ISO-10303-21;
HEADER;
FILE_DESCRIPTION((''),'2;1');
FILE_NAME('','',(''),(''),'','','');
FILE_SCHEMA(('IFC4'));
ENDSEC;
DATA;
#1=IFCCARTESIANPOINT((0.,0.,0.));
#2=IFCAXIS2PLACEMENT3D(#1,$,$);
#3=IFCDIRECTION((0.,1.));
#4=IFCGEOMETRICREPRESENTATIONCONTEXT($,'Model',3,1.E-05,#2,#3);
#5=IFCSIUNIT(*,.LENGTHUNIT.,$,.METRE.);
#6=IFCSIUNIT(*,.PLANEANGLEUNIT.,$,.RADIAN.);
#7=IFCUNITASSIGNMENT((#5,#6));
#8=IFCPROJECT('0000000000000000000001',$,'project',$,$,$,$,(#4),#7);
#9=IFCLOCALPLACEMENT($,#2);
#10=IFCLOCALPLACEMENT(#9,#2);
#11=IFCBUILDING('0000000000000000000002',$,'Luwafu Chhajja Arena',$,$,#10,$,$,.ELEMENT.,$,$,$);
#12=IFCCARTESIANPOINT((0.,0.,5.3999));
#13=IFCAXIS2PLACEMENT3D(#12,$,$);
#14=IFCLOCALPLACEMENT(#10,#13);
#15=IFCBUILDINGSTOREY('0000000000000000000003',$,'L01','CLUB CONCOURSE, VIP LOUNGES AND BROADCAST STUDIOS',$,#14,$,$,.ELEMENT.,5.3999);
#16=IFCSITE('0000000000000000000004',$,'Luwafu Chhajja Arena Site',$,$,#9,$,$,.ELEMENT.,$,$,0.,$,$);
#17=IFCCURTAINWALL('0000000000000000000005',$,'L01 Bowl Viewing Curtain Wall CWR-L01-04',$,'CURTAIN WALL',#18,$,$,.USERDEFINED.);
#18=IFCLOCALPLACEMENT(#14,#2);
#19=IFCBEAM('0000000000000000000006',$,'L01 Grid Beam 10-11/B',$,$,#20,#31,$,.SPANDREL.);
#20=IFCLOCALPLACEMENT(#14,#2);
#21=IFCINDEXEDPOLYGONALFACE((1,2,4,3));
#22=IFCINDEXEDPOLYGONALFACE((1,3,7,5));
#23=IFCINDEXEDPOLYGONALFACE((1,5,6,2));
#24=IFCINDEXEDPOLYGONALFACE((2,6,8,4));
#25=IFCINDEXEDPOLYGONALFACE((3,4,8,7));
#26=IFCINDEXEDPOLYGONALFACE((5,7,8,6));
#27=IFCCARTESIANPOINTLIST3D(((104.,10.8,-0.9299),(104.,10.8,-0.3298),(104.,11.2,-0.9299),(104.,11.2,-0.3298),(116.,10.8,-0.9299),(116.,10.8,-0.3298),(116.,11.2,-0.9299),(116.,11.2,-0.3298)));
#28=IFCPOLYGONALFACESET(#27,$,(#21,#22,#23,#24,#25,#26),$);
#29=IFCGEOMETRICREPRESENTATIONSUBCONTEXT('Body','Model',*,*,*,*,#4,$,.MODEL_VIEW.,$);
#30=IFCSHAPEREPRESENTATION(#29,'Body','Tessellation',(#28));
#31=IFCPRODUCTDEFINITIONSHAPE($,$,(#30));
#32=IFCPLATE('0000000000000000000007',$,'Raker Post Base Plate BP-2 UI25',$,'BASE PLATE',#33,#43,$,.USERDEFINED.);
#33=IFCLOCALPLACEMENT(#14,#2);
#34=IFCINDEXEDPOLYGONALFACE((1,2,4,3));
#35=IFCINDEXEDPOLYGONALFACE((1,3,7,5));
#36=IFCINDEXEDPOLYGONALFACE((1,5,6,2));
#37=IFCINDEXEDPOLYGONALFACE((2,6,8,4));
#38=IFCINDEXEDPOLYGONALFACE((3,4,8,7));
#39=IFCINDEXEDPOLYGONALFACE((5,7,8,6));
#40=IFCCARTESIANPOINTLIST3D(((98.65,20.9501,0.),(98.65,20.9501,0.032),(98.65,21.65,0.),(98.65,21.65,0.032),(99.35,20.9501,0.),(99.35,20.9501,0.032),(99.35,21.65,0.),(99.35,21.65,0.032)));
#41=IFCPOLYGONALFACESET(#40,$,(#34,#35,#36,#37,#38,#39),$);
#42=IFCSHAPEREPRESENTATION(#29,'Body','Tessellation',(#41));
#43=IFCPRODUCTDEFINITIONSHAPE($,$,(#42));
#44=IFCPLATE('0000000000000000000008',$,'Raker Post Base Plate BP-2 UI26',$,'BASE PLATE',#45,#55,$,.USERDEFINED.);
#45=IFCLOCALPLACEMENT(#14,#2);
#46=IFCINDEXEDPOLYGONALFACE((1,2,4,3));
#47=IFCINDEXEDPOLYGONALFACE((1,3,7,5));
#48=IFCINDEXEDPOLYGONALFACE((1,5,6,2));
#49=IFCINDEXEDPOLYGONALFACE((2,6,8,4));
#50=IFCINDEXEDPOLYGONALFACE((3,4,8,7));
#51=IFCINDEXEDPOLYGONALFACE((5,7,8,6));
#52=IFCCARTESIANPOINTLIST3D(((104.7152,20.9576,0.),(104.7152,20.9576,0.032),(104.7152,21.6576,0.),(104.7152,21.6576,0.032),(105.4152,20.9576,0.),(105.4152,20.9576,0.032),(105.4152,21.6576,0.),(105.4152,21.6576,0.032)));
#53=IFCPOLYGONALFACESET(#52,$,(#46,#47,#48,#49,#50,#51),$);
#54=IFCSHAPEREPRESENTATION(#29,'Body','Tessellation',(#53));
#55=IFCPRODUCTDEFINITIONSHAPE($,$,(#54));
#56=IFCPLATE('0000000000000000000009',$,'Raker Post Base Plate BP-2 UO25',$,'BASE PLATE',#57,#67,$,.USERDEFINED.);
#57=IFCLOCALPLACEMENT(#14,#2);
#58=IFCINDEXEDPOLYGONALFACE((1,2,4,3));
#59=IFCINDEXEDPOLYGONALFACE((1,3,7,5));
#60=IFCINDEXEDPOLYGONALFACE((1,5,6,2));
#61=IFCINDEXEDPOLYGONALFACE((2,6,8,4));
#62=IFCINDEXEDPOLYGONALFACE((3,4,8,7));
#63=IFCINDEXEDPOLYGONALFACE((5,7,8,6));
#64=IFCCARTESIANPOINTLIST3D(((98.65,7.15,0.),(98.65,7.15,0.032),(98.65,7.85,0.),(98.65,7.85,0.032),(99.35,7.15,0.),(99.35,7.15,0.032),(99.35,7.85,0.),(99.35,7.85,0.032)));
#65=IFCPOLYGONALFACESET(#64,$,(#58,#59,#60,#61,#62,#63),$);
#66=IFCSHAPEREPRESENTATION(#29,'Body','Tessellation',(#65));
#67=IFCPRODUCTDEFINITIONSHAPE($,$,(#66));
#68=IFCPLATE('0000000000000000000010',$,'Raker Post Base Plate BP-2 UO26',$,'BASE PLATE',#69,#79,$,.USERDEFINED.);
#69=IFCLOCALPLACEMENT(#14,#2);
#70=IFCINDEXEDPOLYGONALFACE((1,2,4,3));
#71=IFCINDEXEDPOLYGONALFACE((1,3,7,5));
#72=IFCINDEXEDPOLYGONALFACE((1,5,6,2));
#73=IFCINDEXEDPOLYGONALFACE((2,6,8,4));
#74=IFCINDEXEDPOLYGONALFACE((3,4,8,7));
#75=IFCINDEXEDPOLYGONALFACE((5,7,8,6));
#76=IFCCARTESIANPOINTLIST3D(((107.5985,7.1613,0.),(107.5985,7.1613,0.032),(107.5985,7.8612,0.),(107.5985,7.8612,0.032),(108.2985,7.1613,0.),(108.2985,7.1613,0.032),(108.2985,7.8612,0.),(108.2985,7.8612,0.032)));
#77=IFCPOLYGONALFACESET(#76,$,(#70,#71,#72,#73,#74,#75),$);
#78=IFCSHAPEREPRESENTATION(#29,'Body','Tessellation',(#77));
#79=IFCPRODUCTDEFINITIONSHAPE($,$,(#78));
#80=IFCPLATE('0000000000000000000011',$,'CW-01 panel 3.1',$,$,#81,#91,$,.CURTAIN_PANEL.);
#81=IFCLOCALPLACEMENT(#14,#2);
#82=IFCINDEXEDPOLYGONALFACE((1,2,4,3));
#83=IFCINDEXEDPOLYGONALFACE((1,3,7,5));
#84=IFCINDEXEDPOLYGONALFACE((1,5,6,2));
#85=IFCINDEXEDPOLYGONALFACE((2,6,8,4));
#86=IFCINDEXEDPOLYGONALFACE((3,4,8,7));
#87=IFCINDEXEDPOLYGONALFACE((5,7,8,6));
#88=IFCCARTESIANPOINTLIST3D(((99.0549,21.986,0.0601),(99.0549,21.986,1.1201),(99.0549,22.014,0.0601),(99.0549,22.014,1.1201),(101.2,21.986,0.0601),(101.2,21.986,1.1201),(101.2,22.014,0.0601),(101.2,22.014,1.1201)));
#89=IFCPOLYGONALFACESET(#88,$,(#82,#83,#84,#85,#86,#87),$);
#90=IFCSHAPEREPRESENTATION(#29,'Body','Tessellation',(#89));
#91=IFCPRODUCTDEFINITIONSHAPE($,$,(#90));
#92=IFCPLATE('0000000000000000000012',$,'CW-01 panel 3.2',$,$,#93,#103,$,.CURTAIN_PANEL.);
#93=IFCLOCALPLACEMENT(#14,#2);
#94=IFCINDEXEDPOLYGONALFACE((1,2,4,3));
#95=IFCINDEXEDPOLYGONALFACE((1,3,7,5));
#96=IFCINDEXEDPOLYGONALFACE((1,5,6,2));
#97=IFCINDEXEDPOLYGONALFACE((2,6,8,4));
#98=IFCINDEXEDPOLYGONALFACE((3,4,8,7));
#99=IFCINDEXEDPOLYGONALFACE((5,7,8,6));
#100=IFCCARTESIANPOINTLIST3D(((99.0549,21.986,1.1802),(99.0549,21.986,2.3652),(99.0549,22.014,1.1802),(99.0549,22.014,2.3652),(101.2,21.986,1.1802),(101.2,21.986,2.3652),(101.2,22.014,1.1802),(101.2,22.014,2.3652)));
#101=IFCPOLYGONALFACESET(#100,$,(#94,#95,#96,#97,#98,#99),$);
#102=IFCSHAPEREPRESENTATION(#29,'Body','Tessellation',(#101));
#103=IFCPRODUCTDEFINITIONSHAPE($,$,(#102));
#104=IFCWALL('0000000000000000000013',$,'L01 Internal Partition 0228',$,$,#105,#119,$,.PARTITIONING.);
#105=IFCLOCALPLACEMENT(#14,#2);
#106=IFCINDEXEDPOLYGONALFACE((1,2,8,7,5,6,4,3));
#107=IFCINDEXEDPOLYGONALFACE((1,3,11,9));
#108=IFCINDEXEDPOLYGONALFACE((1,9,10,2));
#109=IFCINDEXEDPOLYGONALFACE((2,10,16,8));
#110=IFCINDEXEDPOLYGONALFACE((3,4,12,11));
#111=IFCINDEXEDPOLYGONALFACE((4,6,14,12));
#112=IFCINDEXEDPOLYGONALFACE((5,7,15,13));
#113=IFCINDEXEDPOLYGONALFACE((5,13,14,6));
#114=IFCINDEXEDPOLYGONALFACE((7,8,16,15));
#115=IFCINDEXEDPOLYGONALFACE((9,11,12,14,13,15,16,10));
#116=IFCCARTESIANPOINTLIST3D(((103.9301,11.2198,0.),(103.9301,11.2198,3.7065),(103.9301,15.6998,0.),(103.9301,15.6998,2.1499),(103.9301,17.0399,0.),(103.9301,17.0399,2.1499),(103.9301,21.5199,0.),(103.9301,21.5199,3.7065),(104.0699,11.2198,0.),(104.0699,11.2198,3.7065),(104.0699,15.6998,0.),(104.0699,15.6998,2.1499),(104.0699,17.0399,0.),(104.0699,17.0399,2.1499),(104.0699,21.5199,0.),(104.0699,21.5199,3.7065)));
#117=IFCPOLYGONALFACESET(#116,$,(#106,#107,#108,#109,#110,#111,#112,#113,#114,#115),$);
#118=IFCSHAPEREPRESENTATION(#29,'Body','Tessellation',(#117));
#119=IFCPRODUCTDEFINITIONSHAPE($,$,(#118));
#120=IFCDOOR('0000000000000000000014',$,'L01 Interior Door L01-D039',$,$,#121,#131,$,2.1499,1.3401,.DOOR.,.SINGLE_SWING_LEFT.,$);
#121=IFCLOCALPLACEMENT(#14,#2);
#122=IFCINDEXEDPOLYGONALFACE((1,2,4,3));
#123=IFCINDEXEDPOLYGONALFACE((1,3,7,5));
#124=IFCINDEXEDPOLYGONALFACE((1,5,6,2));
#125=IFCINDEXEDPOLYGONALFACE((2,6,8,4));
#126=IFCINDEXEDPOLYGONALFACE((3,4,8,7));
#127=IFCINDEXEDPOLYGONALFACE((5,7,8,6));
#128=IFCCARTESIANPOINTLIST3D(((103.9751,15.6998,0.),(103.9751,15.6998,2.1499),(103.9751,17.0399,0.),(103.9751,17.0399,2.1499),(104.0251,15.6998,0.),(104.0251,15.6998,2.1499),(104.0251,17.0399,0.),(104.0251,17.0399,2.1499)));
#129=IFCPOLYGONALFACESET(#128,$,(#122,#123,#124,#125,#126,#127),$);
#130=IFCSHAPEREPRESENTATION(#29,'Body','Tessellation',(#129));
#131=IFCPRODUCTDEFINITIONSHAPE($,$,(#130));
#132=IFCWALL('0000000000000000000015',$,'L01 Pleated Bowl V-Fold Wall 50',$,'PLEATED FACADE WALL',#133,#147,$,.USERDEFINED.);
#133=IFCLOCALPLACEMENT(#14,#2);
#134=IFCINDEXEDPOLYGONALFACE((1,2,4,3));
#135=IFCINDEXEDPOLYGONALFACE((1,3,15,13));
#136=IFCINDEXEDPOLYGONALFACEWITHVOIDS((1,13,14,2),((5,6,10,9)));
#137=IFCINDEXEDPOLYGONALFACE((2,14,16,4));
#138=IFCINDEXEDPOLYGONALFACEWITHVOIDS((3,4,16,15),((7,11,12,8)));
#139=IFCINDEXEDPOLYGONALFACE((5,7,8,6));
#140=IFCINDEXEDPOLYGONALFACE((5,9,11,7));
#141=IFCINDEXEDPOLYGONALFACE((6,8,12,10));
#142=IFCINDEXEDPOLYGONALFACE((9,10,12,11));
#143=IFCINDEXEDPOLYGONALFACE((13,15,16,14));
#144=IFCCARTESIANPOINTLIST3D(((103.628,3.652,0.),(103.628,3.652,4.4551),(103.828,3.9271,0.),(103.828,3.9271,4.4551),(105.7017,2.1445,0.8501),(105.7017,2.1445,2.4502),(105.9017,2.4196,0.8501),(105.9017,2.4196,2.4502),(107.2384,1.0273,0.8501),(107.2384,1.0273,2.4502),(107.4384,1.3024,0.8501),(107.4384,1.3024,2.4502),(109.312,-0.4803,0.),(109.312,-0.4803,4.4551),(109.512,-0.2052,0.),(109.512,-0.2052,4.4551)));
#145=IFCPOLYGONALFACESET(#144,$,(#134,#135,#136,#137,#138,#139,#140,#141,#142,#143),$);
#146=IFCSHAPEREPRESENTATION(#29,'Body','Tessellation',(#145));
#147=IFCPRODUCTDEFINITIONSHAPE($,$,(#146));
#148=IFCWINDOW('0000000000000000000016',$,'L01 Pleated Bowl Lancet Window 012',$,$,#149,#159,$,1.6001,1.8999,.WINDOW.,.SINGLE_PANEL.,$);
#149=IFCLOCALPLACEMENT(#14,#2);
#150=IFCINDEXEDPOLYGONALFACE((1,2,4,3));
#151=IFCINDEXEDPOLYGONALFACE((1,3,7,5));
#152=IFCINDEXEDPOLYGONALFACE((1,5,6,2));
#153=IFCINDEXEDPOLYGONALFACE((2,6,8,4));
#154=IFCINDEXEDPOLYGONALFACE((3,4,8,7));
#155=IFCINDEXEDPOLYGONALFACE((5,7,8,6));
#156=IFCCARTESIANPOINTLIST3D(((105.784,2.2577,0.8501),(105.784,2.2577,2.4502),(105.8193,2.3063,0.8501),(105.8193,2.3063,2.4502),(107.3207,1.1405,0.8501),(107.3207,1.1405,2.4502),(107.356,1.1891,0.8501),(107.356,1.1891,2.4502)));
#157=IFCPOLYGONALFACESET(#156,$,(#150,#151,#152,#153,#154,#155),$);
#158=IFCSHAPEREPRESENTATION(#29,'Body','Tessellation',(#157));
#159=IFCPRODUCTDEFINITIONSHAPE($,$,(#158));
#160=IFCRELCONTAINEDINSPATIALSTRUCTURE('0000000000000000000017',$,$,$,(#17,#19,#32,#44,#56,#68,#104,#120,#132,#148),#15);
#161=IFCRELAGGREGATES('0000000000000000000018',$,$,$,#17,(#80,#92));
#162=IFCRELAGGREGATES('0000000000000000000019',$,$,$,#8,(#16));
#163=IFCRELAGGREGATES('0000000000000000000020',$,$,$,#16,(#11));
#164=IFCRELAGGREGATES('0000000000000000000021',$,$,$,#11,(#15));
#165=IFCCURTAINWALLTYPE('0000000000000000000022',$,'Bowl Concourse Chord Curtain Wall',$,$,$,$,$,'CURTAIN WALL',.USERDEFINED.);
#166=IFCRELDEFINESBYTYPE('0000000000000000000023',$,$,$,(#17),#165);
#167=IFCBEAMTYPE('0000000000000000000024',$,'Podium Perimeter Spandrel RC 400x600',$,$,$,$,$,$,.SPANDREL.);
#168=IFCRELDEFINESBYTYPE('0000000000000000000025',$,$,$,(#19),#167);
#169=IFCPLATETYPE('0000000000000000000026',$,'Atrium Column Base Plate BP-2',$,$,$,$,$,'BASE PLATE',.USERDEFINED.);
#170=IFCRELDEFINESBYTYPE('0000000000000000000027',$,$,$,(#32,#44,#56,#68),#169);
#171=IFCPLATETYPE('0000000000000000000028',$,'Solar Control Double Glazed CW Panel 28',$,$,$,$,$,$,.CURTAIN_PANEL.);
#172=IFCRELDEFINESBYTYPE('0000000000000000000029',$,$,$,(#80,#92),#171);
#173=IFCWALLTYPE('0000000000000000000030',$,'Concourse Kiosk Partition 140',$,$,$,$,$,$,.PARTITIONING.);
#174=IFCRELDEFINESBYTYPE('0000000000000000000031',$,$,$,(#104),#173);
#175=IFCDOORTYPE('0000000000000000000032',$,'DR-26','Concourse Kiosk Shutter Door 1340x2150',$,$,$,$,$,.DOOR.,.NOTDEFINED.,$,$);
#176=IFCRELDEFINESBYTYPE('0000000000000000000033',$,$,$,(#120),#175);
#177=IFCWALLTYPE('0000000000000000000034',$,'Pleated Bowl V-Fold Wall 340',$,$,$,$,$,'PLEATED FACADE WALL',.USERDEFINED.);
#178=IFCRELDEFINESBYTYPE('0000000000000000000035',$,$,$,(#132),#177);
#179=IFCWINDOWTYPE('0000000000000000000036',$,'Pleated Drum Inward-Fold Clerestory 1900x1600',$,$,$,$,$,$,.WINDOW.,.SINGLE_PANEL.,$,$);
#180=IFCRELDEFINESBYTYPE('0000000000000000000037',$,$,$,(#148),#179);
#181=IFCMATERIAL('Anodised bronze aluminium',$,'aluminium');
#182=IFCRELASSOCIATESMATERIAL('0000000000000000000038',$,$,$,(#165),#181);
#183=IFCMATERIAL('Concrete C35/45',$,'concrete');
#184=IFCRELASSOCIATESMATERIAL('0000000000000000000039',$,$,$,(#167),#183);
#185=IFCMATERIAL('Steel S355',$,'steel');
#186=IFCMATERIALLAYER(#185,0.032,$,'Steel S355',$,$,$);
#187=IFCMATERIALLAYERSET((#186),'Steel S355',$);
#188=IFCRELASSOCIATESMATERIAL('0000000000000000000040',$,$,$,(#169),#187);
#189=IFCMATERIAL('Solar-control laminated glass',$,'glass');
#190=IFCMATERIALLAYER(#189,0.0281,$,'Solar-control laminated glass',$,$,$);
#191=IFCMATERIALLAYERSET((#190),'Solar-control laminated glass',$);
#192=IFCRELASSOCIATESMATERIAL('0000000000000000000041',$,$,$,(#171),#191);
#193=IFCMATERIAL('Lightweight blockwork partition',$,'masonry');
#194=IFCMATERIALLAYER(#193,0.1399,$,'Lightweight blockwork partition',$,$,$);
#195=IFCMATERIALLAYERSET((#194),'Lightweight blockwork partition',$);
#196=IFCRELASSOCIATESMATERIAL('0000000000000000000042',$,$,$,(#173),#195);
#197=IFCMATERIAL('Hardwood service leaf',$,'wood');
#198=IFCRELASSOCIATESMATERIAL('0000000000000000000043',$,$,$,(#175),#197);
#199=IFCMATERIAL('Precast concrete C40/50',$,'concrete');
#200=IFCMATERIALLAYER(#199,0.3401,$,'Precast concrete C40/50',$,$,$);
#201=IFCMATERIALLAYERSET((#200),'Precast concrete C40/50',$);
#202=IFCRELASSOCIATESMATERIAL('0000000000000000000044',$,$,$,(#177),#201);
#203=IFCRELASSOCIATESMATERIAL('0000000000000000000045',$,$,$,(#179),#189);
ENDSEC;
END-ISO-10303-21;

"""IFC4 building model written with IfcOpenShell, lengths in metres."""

from ifc_helpers import new_model, si_unit, direction, frame, frame_2d, origin, origin_2d, place, context, subcontext, project, spatial, rectangle, extrude, material, layer, layer_set, material_profile, profile_set, type_object, element, fill, aggregate, save


model = new_model("IFC4")

# Units and contexts
model_context = context("Model", 3, precision=1e-05, world=origin(), true_north=direction((0.0, 1.0)))
body_context = subcontext(model_context, "Body", "Model", "MODEL_VIEW")
ifc_project = project(units=[si_unit("LENGTHUNIT", "METRE"), si_unit("PLANEANGLEUNIT", "RADIAN")], contexts=[model_context])

# Site, building, storey
site_placement = place(None, origin())
site = spatial("IfcSite", under=ifc_project, at=site_placement, Name="Luwafu Chhajja Arena Site", CompositionType="ELEMENT", RefElevation=0.0)
building_placement = place(site_placement, origin())
building = spatial("IfcBuilding", under=site, at=building_placement, Name="Luwafu Chhajja Arena", CompositionType="ELEMENT")
storey_placement = place(building_placement, frame((0.0, 0.0, 5.3999)))
storey = spatial("IfcBuildingStorey", under=building, at=storey_placement, Name="L01", Description="CLUB CONCOURSE, VIP LOUNGES AND BROADCAST STUDIOS", CompositionType="ELEMENT", Elevation=5.3999)

# Shared definitions
ifc_material_1 = material(Name="Steel S355", Category="steel")

# Shared definitions
ifc_material_2 = material(Name="Concrete C35/45", Category="concrete")

# Curtain wall
ifc_material_3 = material(Name="Anodised bronze aluminium", Category="aluminium")
curtain_wall_type = type_object("IfcCurtainWallType", Name="Bowl Concourse Chord Curtain Wall", ElementType="CURTAIN WALL", PredefinedType="USERDEFINED", material=ifc_material_3)
curtain_wall_placement = place(storey_placement, origin())
curtain_wall = element("IfcCurtainWall", 1, at=curtain_wall_placement, inside=storey, type_object=curtain_wall_type, Name="L01 Bowl Viewing Curtain Wall CWR-L01-04", ObjectType="CURTAIN WALL", PredefinedType="USERDEFINED")

# Beam
ifc_material_profile_1 = material_profile(ifc_material_2, rectangle(XDim=0.3999, YDim=0.6001, at=origin_2d()), Name="RC 400x600")
ifc_profile_set_1 = profile_set([ifc_material_profile_1], Name="Concrete C35/45")
beam_type_1 = type_object("IfcBeamType", Name="Podium Perimeter Spandrel RC 400x600", PredefinedType="SPANDREL", material=ifc_profile_set_1)
beam_1_placement = place(storey_placement, frame((104.0, 11.0, -0.6299), z_axis=(1.0, 0.0, 0.0), x_axis=(0.0, 1.0, 0.0)))
element("IfcBeam", 2, at=beam_1_placement, inside=storey, type_object=beam_type_1, Name="L01 Grid Beam 10-11/B", PredefinedType="SPANDREL", context=body_context, shape_type="SweptSolid", body=[
    extrude(rectangle(XDim=0.3999, YDim=0.6001, at=origin_2d()), origin(), (0.0, 0.0, 1.0), 12.0),
])

# Plates
ifc_layer_1 = layer(ifc_material_1, 0.032, Name="Steel S355")
ifc_layer_set_1 = layer_set([ifc_layer_1], Name="Steel S355")
plate_type_1 = type_object("IfcPlateType", Name="Atrium Column Base Plate BP-2", ElementType="BASE PLATE", PredefinedType="USERDEFINED", material=ifc_layer_set_1)
for number, where, z_axis, x_axis, name in (
    (3, (99.0, 21.3, 0.0), (0.0, 0.0, 1.0), (1.0, 0.0, 0.0), "Raker Post Base Plate BP-2 UI25"),
    (4, (105.0652, 21.3076, 0.0), (0.0, 0.0, 1.0), (1.0, 0.0, 0.0), "Raker Post Base Plate BP-2 UI26"),
    (5, (99.0, 7.5, 0.0), (0.0, 0.0, 1.0), (1.0, 0.0, 0.0), "Raker Post Base Plate BP-2 UO25"),
    (6, (107.9485, 7.5112, 0.0), (0.0, 0.0, 1.0), (1.0, 0.0, 0.0), "Raker Post Base Plate BP-2 UO26"),
):
    element("IfcPlate", number, at=place(storey_placement, frame(where, z_axis=z_axis, x_axis=x_axis)), inside=storey, type_object=plate_type_1, Name=name, ObjectType="BASE PLATE", PredefinedType="USERDEFINED", context=body_context, shape_type="SweptSolid", body=[
        extrude(rectangle(XDim=0.7, YDim=0.7, at=origin_2d()), origin(), (0.0, 0.0, 1.0), 0.032),
    ])

# Plates
ifc_material_4 = material(Name="Solar-control laminated glass", Category="glass")
ifc_layer_2 = layer(ifc_material_4, 0.0281, Name="Solar-control laminated glass")
ifc_layer_set_2 = layer_set([ifc_layer_2], Name="Solar-control laminated glass")
plate_type_2 = type_object("IfcPlateType", Name="Solar Control Double Glazed CW Panel 28", PredefinedType="CURTAIN_PANEL", material=ifc_layer_set_2)
plate_1_placement = place(storey_placement, frame((100.1274, 22.0, 0.0601), z_axis=(0.0, 0.0, 1.0), x_axis=(1.0, 0.0, 0.0)))
plate_1 = element("IfcPlate", 7, at=plate_1_placement, type_object=plate_type_2, Name="CW-01 panel 3.1", PredefinedType="CURTAIN_PANEL", context=body_context, shape_type="SweptSolid", body=[
    extrude(rectangle(XDim=2.145, YDim=0.0281, at=origin_2d()), origin(), (0.0, 0.0, 1.0), 1.0601),
])
plate_2_placement = place(storey_placement, frame((100.1274, 22.0, 1.1802), z_axis=(0.0, 0.0, 1.0), x_axis=(1.0, 0.0, 0.0)))
plate_2 = element("IfcPlate", 8, at=plate_2_placement, type_object=plate_type_2, Name="CW-01 panel 3.2", PredefinedType="CURTAIN_PANEL", context=body_context, shape_type="SweptSolid", body=[
    extrude(rectangle(XDim=2.145, YDim=0.0281, at=origin_2d()), origin(), (0.0, 0.0, 1.0), 1.1851),
])
aggregate(curtain_wall, [plate_1, plate_2])

# Wall, opening, door
ifc_material_5 = material(Name="Lightweight blockwork partition", Category="masonry")
ifc_layer_3 = layer(ifc_material_5, 0.1399, Name="Lightweight blockwork partition")
ifc_layer_set_3 = layer_set([ifc_layer_3], Name="Lightweight blockwork partition")
wall_type_1 = type_object("IfcWallType", Name="Concourse Kiosk Partition 140", PredefinedType="PARTITIONING", material=ifc_layer_set_3)
wall_1_placement = place(storey_placement, frame((104.0, 11.22, 0.0), z_axis=(0.0, 0.0, 1.0), x_axis=(0.0, 1.0, 0.0)))
wall_1 = element("IfcWall", 9, at=wall_1_placement, inside=storey, type_object=wall_type_1, Name="L01 Internal Partition 0228", PredefinedType="PARTITIONING", context=body_context, shape_type="SweptSolid", body=[
    extrude(rectangle(XDim=10.3, YDim=0.1399, at=frame_2d((5.1499, 0.0))), origin(), (0.0, 0.0, 1.0), 3.7065),
])
opening_1_placement = place(wall_1_placement, frame((4.48, 0.0, 0.0)))
opening_1 = element("IfcOpeningElement", 10, at=opening_1_placement, cuts=wall_1, PredefinedType="OPENING", context=body_context, shape_type="SweptSolid", body=[
    extrude(rectangle(XDim=1.3401, YDim=2.1499, at=frame_2d((0.6699, 1.075))), frame((0.0, 0.0798, 0.0), z_axis=(0.0, -1.0, 0.0), x_axis=(1.0, 0.0, 0.0)), (0.0, 0.0, 1.0), 0.1599),
])
ifc_material_6 = material(Name="Hardwood service leaf", Category="wood")
door_type = type_object("IfcDoorType", Name="DR-26", Description="Concourse Kiosk Shutter Door 1340x2150", OperationType="NOTDEFINED", PredefinedType="DOOR", material=ifc_material_6)
door_placement = place(opening_1_placement, origin())
door = element("IfcDoor", 11, at=door_placement, inside=storey, type_object=door_type, Name="L01 Interior Door L01-D039", OperationType="SINGLE_SWING_LEFT", OverallHeight=2.1499, OverallWidth=1.3401, PredefinedType="DOOR", context=body_context, shape_type="SweptSolid", body=[
    extrude(rectangle(XDim=1.3401, YDim=2.1499, at=frame_2d((0.6699, 1.075))), frame((0.0, 0.0249, 0.0), z_axis=(0.0, -1.0, 0.0), x_axis=(1.0, 0.0, 0.0)), (0.0, 0.0, 1.0), 0.05),
])
fill(opening_1, door)

# Wall, opening, window
ifc_material_7 = material(Name="Precast concrete C40/50", Category="concrete")
ifc_layer_4 = layer(ifc_material_7, 0.3401, Name="Precast concrete C40/50")
ifc_layer_set_4 = layer_set([ifc_layer_4], Name="Precast concrete C40/50")
wall_type_2 = type_object("IfcWallType", Name="Pleated Bowl V-Fold Wall 340", ElementType="PLEATED FACADE WALL", PredefinedType="USERDEFINED", material=ifc_layer_set_4)
wall_2_placement = place(storey_placement, frame((103.728, 3.7896, 0.0), z_axis=(0.0, 0.0, 1.0), x_axis=(0.808841, -0.588027, 0.0)))
wall_2 = element("IfcWall", 12, at=wall_2_placement, inside=storey, type_object=wall_type_2, Name="L01 Pleated Bowl V-Fold Wall 50", ObjectType="PLEATED FACADE WALL", PredefinedType="USERDEFINED", context=body_context, shape_type="SweptSolid", body=[
    extrude(rectangle(XDim=7.0273, YDim=0.3401, at=frame_2d((3.5137, 0.0))), origin(), (0.0, 0.0, 1.0), 4.4551),
])
opening_2_placement = place(wall_2_placement, frame((2.5637, 0.0, 0.8501)))
opening_2 = element("IfcOpeningElement", 13, at=opening_2_placement, cuts=wall_2, PredefinedType="OPENING", context=body_context, shape_type="SweptSolid", body=[
    extrude(rectangle(XDim=1.8999, YDim=1.6001, at=frame_2d((0.95, 0.8))), frame((0.0, 0.1799, 0.0), z_axis=(0.0, -1.0, 0.0), x_axis=(1.0, 0.0, 0.0)), (0.0, 0.0, 1.0), 0.3601),
])
window_type_1 = type_object("IfcWindowType", Name="Pleated Drum Inward-Fold Clerestory 1900x1600", PartitioningType="SINGLE_PANEL", PredefinedType="WINDOW", material=ifc_material_4)
window_1_placement = place(opening_2_placement, origin())
window_1 = element("IfcWindow", 14, at=window_1_placement, inside=storey, type_object=window_type_1, Name="L01 Pleated Bowl Lancet Window 012", OverallHeight=1.6001, OverallWidth=1.8999, PartitioningType="SINGLE_PANEL", PredefinedType="WINDOW", context=body_context, shape_type="SweptSolid", body=[
    extrude(rectangle(XDim=1.8999, YDim=1.6001, at=frame_2d((0.95, 0.8))), frame((0.0, 0.03, 0.0), z_axis=(0.0, -1.0, 0.0), x_axis=(1.0, 0.0, 0.0)), (0.0, 0.0, 1.0), 0.0601),
])
fill(opening_2, window_1)

save(model, "model.ifc")
